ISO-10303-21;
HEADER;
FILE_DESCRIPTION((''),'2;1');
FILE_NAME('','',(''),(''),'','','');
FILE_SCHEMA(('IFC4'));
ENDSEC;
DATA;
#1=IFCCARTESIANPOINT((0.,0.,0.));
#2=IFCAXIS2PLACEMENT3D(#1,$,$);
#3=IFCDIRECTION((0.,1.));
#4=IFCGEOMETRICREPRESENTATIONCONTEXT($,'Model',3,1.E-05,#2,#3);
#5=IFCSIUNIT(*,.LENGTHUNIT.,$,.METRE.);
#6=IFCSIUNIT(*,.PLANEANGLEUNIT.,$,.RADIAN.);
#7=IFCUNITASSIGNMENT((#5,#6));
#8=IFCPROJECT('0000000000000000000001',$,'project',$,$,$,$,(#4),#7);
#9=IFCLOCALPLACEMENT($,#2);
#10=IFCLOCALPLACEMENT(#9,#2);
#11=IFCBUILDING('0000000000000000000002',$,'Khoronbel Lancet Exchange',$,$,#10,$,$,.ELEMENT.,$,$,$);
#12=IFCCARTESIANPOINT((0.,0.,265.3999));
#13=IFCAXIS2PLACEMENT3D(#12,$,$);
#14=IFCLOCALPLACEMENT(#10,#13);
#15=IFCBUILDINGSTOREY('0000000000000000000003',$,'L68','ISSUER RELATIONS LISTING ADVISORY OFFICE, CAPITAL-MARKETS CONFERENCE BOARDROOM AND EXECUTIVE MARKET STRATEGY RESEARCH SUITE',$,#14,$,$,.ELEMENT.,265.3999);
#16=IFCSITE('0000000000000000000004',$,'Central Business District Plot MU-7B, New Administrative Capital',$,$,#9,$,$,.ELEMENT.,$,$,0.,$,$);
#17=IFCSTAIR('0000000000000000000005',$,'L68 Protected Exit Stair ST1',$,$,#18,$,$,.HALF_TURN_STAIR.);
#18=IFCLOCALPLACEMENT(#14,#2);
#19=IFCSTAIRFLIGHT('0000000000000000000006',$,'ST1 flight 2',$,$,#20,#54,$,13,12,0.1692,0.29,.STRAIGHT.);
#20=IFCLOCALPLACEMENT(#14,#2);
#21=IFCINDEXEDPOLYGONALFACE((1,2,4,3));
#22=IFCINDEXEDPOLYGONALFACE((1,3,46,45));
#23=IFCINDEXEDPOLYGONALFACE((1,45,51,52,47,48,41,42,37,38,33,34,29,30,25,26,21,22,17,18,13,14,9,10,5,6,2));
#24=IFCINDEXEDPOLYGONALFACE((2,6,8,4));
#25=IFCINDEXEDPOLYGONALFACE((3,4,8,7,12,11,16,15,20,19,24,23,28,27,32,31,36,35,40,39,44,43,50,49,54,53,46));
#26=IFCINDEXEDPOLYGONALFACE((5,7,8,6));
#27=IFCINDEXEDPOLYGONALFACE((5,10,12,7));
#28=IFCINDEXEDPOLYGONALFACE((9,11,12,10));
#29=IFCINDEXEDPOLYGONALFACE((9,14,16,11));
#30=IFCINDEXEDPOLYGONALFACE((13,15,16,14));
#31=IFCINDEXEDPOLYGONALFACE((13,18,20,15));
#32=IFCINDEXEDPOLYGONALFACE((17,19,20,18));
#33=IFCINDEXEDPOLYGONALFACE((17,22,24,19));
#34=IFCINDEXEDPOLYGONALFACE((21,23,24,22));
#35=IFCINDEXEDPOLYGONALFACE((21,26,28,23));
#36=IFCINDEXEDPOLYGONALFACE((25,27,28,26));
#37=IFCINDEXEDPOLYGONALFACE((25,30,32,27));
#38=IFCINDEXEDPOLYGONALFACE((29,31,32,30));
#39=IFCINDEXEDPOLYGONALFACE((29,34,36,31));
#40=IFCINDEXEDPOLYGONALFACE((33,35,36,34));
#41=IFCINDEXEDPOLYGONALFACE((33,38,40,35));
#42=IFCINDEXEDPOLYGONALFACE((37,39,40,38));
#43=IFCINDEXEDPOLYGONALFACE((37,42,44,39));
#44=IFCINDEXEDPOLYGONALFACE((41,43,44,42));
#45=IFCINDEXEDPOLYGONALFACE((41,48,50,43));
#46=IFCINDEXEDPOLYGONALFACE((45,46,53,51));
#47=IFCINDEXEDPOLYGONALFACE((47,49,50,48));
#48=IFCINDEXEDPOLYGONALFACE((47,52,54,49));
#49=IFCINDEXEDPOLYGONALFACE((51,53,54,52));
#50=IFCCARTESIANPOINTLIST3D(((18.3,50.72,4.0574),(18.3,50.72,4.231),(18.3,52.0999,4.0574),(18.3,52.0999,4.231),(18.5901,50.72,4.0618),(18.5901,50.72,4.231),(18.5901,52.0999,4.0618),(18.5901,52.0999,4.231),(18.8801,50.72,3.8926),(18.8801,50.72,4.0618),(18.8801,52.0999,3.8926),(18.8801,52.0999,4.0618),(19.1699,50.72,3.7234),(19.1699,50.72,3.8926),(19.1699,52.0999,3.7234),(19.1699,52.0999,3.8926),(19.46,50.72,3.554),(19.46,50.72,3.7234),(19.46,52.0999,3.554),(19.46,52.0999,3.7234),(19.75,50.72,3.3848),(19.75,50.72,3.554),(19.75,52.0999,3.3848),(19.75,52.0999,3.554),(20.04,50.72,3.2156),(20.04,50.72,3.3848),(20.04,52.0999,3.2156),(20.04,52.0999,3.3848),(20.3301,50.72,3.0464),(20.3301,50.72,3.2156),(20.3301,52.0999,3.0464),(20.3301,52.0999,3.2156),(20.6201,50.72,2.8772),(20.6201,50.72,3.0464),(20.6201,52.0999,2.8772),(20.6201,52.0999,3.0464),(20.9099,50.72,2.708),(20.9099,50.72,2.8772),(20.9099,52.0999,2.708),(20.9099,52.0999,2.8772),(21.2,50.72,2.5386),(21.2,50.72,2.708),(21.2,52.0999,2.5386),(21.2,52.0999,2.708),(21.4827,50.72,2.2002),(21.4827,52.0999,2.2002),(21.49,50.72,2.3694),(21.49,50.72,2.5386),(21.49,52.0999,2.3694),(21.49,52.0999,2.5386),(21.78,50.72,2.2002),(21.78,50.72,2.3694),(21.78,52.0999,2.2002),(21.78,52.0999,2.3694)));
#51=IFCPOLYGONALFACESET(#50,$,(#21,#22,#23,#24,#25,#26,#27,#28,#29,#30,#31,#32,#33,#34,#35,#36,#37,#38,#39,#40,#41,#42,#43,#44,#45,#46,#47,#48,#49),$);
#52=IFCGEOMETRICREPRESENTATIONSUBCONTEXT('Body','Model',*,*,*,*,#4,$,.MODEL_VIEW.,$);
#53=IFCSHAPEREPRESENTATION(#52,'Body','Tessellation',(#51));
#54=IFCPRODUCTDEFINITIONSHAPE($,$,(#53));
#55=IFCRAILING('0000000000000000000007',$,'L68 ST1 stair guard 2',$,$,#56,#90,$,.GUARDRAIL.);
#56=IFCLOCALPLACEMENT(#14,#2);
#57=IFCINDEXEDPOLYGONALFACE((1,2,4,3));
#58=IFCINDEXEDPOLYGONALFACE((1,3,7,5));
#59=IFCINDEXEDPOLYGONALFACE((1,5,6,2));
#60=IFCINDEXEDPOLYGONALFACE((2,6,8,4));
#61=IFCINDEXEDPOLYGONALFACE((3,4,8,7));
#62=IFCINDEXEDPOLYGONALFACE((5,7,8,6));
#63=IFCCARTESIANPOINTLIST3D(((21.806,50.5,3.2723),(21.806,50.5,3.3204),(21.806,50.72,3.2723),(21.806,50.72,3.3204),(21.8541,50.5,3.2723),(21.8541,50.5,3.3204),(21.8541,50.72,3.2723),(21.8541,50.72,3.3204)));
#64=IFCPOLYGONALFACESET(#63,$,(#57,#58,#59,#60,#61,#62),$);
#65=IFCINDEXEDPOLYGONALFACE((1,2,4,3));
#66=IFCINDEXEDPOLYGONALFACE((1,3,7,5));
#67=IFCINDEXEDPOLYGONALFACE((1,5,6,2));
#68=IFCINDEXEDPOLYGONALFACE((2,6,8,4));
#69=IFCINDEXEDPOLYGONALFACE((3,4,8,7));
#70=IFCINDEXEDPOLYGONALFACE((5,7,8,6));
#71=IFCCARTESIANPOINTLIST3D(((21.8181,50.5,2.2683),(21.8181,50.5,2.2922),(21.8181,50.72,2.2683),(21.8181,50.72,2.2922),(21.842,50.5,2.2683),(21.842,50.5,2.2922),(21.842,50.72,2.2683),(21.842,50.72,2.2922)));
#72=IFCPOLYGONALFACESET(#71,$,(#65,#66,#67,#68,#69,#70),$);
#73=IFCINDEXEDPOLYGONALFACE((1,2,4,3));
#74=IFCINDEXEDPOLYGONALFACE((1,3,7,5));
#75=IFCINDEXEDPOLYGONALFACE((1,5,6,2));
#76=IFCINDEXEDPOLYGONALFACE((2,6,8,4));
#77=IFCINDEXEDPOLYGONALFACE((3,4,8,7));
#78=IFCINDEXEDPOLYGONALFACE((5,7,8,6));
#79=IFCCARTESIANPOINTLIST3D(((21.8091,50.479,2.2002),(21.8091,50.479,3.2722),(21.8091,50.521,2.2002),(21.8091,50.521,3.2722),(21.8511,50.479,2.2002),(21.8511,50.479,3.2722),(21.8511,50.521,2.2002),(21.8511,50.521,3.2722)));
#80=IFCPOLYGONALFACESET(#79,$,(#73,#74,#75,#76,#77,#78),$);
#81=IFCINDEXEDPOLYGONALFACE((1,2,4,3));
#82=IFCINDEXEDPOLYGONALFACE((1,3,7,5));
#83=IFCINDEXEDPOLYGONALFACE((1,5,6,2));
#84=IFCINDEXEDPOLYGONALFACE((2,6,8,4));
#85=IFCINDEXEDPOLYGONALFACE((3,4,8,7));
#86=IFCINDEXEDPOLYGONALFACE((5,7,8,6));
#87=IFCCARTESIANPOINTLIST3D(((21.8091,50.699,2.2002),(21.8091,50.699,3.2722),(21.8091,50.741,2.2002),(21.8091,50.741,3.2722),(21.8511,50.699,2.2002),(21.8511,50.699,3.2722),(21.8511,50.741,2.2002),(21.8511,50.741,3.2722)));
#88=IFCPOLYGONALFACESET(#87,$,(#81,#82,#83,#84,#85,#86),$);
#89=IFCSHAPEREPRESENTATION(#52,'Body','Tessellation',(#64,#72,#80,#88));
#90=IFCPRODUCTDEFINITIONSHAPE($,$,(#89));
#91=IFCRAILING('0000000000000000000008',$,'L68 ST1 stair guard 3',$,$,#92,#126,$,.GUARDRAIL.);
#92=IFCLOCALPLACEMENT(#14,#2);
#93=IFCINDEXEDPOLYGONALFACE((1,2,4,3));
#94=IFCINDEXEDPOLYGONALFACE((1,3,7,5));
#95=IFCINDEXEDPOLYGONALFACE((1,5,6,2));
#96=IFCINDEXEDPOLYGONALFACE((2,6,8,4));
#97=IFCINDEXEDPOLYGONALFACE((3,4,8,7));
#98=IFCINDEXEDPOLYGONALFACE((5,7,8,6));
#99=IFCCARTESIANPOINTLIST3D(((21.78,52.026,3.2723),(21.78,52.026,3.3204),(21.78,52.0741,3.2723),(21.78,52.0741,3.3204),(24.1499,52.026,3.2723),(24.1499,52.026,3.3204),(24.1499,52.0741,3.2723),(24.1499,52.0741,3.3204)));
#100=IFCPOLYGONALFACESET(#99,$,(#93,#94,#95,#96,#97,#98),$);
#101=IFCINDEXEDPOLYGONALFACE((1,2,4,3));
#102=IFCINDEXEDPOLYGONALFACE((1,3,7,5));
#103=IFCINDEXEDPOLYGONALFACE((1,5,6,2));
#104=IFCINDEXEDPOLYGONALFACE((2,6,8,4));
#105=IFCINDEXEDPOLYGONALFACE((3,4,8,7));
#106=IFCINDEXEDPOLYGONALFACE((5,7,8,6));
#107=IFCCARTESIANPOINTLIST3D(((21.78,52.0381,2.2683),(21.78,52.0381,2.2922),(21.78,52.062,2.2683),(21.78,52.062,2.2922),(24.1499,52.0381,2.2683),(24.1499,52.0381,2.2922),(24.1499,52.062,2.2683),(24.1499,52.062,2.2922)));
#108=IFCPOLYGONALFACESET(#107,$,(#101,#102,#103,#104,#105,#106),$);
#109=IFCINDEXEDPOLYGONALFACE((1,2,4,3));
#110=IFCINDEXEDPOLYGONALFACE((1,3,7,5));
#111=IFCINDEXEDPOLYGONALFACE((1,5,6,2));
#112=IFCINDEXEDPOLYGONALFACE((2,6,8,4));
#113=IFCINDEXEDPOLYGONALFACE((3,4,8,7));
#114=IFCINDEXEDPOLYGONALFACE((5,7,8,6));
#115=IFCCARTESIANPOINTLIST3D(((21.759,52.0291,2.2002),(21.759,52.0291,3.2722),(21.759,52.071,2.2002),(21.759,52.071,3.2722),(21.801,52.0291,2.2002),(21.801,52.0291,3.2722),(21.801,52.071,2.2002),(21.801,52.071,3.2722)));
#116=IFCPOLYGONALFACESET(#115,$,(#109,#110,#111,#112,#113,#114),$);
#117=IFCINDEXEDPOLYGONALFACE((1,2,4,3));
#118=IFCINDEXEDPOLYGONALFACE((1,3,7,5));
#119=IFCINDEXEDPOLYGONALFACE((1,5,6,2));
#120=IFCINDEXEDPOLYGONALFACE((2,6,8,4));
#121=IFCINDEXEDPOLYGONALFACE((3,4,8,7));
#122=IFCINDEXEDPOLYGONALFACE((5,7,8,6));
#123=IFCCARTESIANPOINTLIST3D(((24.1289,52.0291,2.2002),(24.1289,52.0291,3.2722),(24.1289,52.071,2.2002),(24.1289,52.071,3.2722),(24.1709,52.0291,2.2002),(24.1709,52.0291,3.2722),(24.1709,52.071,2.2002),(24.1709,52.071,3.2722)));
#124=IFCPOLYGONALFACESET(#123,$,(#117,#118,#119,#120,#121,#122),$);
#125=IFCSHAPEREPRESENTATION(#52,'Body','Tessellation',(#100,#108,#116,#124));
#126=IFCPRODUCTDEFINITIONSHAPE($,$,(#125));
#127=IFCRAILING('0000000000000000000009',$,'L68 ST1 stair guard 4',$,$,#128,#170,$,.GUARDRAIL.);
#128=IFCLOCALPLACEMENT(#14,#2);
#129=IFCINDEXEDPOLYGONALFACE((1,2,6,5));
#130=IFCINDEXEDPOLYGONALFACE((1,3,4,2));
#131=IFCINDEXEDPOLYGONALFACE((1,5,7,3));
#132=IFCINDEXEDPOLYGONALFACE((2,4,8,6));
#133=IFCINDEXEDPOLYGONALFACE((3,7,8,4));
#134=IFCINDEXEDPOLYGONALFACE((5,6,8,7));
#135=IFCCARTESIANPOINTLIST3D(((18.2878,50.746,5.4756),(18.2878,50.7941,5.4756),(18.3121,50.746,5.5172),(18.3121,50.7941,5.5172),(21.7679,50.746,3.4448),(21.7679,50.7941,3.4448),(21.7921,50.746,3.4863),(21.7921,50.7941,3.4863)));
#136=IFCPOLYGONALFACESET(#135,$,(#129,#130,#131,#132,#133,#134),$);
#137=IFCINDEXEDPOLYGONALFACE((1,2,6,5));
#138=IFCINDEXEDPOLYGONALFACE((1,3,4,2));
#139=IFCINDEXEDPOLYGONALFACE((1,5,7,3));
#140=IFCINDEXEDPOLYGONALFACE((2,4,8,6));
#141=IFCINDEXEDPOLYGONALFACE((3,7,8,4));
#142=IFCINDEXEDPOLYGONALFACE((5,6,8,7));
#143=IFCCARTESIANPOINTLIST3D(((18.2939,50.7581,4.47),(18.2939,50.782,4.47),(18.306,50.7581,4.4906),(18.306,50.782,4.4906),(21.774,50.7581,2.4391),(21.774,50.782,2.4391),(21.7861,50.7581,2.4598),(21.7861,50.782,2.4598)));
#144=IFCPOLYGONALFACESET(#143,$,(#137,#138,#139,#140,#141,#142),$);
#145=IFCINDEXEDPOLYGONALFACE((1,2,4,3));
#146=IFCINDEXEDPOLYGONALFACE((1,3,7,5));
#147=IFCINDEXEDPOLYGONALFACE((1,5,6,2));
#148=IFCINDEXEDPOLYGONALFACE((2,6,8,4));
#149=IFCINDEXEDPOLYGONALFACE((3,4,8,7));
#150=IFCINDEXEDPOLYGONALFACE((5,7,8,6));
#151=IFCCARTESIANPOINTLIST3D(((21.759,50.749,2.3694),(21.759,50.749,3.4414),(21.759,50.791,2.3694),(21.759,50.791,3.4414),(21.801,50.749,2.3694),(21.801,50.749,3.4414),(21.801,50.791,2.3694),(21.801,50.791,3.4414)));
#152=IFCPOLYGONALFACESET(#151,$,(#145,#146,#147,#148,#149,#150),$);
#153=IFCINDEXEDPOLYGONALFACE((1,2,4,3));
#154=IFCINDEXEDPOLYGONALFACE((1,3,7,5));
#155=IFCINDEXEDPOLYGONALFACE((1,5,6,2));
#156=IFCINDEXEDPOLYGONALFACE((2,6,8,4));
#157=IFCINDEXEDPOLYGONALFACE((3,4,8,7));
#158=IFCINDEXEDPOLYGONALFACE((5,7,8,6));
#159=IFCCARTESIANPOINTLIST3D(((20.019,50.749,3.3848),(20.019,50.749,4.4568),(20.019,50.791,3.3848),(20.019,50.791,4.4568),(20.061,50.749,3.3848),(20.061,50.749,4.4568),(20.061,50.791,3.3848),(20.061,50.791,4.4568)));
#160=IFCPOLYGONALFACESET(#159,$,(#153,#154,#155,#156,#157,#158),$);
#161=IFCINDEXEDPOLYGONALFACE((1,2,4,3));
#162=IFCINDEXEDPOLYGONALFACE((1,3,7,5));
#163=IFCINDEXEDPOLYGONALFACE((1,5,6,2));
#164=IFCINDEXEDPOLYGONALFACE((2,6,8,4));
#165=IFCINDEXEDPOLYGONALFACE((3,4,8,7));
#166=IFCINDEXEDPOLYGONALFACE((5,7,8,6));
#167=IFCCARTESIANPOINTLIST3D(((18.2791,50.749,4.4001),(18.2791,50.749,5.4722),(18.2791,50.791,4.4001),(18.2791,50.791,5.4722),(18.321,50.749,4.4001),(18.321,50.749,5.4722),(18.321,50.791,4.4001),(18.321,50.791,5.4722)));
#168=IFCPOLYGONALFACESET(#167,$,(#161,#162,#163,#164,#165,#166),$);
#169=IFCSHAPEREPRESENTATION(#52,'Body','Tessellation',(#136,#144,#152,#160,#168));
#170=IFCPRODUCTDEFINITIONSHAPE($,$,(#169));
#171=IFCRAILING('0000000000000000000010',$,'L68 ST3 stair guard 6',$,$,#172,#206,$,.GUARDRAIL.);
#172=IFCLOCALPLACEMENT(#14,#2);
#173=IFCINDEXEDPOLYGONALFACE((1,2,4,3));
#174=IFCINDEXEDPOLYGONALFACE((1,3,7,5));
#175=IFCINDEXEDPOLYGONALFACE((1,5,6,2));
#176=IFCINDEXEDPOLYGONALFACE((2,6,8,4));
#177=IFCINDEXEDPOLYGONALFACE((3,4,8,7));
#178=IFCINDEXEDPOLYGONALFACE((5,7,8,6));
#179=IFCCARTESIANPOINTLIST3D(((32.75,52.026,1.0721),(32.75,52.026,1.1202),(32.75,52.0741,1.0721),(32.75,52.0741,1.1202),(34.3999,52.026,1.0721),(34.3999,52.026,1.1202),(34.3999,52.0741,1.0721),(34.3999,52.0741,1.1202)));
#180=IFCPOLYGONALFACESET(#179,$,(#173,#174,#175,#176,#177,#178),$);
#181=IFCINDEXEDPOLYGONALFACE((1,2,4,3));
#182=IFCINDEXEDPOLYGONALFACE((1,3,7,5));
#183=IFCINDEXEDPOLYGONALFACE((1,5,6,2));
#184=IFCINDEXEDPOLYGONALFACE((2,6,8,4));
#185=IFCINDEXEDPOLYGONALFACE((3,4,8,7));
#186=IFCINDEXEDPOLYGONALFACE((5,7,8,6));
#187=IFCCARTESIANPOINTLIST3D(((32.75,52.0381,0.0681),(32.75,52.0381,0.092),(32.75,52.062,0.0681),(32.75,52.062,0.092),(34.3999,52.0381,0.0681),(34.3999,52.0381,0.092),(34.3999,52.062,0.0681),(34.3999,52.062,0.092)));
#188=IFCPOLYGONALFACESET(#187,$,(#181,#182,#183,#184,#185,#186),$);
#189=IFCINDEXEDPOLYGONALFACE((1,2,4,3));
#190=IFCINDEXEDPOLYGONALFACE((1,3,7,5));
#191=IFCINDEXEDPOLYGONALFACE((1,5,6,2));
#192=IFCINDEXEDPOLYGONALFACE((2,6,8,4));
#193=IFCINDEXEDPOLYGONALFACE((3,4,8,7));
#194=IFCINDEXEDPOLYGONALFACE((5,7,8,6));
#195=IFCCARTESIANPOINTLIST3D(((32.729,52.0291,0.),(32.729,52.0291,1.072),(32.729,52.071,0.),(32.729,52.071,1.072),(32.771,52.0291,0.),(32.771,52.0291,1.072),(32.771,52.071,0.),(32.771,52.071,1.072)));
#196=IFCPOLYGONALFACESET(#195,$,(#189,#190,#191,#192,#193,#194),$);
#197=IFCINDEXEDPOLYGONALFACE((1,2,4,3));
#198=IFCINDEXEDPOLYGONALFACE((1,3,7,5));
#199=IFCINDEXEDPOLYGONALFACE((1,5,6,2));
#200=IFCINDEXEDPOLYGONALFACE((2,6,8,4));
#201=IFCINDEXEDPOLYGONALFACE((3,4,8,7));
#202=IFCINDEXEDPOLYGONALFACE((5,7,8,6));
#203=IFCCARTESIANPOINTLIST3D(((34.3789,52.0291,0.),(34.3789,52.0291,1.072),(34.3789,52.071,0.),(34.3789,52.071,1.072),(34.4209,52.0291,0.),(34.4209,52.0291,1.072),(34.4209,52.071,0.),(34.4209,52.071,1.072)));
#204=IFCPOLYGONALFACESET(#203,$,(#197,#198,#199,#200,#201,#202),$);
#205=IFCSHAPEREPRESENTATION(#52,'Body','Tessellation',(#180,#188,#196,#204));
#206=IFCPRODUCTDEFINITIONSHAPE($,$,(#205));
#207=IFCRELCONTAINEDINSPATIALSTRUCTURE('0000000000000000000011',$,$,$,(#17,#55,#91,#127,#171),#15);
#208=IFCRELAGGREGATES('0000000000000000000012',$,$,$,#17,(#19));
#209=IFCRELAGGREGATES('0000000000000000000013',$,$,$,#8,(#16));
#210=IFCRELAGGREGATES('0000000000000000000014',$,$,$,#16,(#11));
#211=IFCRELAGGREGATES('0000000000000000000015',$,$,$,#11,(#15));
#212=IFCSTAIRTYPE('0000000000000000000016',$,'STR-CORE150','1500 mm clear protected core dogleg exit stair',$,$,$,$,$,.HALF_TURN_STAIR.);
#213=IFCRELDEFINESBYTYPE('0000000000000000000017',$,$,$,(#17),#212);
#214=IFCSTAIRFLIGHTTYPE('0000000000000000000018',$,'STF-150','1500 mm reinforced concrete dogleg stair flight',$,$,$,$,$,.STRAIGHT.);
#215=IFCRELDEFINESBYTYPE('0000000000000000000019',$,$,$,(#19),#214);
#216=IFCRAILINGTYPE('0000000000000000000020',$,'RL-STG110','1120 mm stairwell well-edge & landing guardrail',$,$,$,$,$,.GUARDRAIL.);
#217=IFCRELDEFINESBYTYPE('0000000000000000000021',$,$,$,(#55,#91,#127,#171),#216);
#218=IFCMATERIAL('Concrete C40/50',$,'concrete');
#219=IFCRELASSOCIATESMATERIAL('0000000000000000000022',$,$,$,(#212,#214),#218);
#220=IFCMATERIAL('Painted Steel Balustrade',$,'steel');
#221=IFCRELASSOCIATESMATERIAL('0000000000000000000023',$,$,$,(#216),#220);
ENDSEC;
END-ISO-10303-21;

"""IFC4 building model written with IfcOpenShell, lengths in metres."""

from ifc_helpers import new_model, si_unit, direction, frame, origin, origin_2d, place, context, subcontext, project, spatial, polyline, rectangle, outline, extrude, material, type_object, element, aggregate, save


model = new_model("IFC4")

# Units and contexts
model_context = context("Model", 3, precision=1e-05, world=origin(), true_north=direction((0.0, 1.0)))
body_context = subcontext(model_context, "Body", "Model", "MODEL_VIEW")
ifc_project = project(units=[si_unit("LENGTHUNIT", "METRE"), si_unit("PLANEANGLEUNIT", "RADIAN")], contexts=[model_context])

# Site, building, storey
site_placement = place(None, origin())
site = spatial("IfcSite", under=ifc_project, at=site_placement, Name="Central Business District Plot MU-7B, New Administrative Capital", CompositionType="ELEMENT", RefElevation=0.0)
building_placement = place(site_placement, origin())
building = spatial("IfcBuilding", under=site, at=building_placement, Name="Khoronbel Lancet Exchange", CompositionType="ELEMENT")
storey_placement = place(building_placement, frame((0.0, 0.0, 265.3999)))
storey = spatial("IfcBuildingStorey", under=building, at=storey_placement, Name="L68", Description="ISSUER RELATIONS LISTING ADVISORY OFFICE, CAPITAL-MARKETS CONFERENCE BOARDROOM AND EXECUTIVE MARKET STRATEGY RESEARCH SUITE", CompositionType="ELEMENT", Elevation=265.3999)

# Stair, stair flight
ifc_material_1 = material(Name="Concrete C40/50", Category="concrete")
stair_type = type_object("IfcStairType", Name="STR-CORE150", Description="1500 mm clear protected core dogleg exit stair", PredefinedType="HALF_TURN_STAIR", material=ifc_material_1)
stair_placement = place(storey_placement, origin())
stair = element("IfcStair", 1, at=stair_placement, inside=storey, type_object=stair_type, Name="L68 Protected Exit Stair ST1", PredefinedType="HALF_TURN_STAIR")
stair_flight_type = type_object("IfcStairFlightType", Name="STF-150", Description="1500 mm reinforced concrete dogleg stair flight", PredefinedType="STRAIGHT", material=ifc_material_1)
stair_flight_placement = place(storey_placement, frame((21.78, 51.4099, 2.2002), z_axis=(0.0, 0.0, 1.0), x_axis=(-1.0, 0.0, 0.0)))
stair_flight = element("IfcStairFlight", 2, at=stair_flight_placement, type_object=stair_flight_type, Name="ST1 flight 2", NumberOfRisers=13, NumberOfTreads=12, PredefinedType="STRAIGHT", RiserHeight=0.1692, TreadLength=0.29, context=body_context, shape_type="SweptSolid", body=[
    extrude(outline(polyline([(0.0, 0.0), (0.0, 0.1692), (0.29, 0.1692), (0.29, 0.3384), (0.5801, 0.3384), (0.5801, 0.5078), (0.8701, 0.5078), (0.8701, 0.677), (1.1599, 0.677), (1.1599, 0.8462), (1.45, 0.8462), (1.45, 1.0154), (1.74, 1.0154), (1.74, 1.1846), (2.03, 1.1846), (2.03, 1.3538), (2.3201, 1.3538), (2.3201, 1.5232), (2.6101, 1.5232), (2.6101, 1.6924), (2.8999, 1.6924), (2.8999, 1.8616), (3.1899, 1.8616), (3.1899, 2.0308), (3.48, 2.0308), (3.48, 2.2), (3.48, 1.8572), (0.2974, 0.0), (0.0, 0.0)])), frame((0.0, 0.6899, 0.0), z_axis=(0.0, -1.0, 0.0), x_axis=(1.0, 0.0, 0.0)), (0.0, 0.0, 1.0), 1.3799),
])
aggregate(stair, [stair_flight])

# Railings
ifc_material_2 = material(Name="Painted Steel Balustrade", Category="steel")
railing_type_1 = type_object("IfcRailingType", Name="RL-STG110", Description="1120 mm stairwell well-edge & landing guardrail", PredefinedType="GUARDRAIL", material=ifc_material_2)
railing_1_placement = place(storey_placement, frame((21.8301, 50.5, 2.2002)))
element("IfcRailing", 3, at=railing_1_placement, inside=storey, type_object=railing_type_1, Name="L68 ST1 stair guard 2", PredefinedType="GUARDRAIL", context=body_context, shape_type="SweptSolid", body=[
    extrude(rectangle(XDim=0.0481, YDim=0.0481, at=origin_2d()), frame((0.0, 0.0, 1.0962), z_axis=(0.0, 1.0, 0.0), x_axis=(-1.0, 0.0, 0.0)), (0.0, 0.0, 1.0), 0.22),
    extrude(rectangle(XDim=0.0239, YDim=0.0239, at=origin_2d()), frame((0.0, 0.0, 0.0801), z_axis=(0.0, 1.0, 0.0), x_axis=(-1.0, 0.0, 0.0)), (0.0, 0.0, 1.0), 0.22),
    extrude(rectangle(XDim=0.042, YDim=0.042, at=origin_2d()), origin(), (0.0, 0.0, 1.0), 1.072),
    extrude(rectangle(XDim=0.042, YDim=0.042, at=origin_2d()), frame((0.0, 0.22, 0.0)), (0.0, 0.0, 1.0), 1.072),
])
railing_2_placement = place(storey_placement, frame((21.78, 52.05, 2.2002)))
element("IfcRailing", 4, at=railing_2_placement, inside=storey, type_object=railing_type_1, Name="L68 ST1 stair guard 3", PredefinedType="GUARDRAIL", context=body_context, shape_type="SweptSolid", body=[
    extrude(rectangle(XDim=0.0481, YDim=0.0481, at=origin_2d()), frame((0.0, 0.0, 1.0962), z_axis=(1.0, 0.0, 0.0), x_axis=(0.0, 1.0, 0.0)), (0.0, 0.0, 1.0), 2.3699),
    extrude(rectangle(XDim=0.0239, YDim=0.0239, at=origin_2d()), frame((0.0, 0.0, 0.0801), z_axis=(1.0, 0.0, 0.0), x_axis=(0.0, 1.0, 0.0)), (0.0, 0.0, 1.0), 2.3699),
    extrude(rectangle(XDim=0.042, YDim=0.042, at=origin_2d()), origin(), (0.0, 0.0, 1.0), 1.072),
    extrude(rectangle(XDim=0.042, YDim=0.042, at=origin_2d()), frame((2.3699, 0.0, 0.0)), (0.0, 0.0, 1.0), 1.072),
])
railing_3_placement = place(storey_placement, frame((21.78, 50.77, 2.3694)))
element("IfcRailing", 5, at=railing_3_placement, inside=storey, type_object=railing_type_1, Name="L68 ST1 stair guard 4", PredefinedType="GUARDRAIL", context=body_context, shape_type="SweptSolid", body=[
    extrude(rectangle(XDim=0.0481, YDim=0.0481, at=origin_2d()), frame((0.0, 0.0, 1.0962), z_axis=(-0.863695, 0.0, 0.504014), x_axis=(0.0, -1.0, 0.0)), (0.0, 0.0, 1.0), 4.0293),
    extrude(rectangle(XDim=0.0239, YDim=0.0239, at=origin_2d()), frame((0.0, 0.0, 0.0801), z_axis=(-0.863695, 0.0, 0.504014), x_axis=(0.0, -1.0, 0.0)), (0.0, 0.0, 1.0), 4.0293),
    extrude(rectangle(XDim=0.042, YDim=0.042, at=origin_2d()), origin(), (0.0, 0.0, 1.0), 1.072),
    extrude(rectangle(XDim=0.042, YDim=0.042, at=origin_2d()), frame((-1.74, 0.0, 1.0154)), (0.0, 0.0, 1.0), 1.072),
    extrude(rectangle(XDim=0.042, YDim=0.042, at=origin_2d()), frame((-3.48, 0.0, 2.0308)), (0.0, 0.0, 1.0), 1.072),
])
railing_4_placement = place(storey_placement, frame((32.75, 52.05, 0.0)))
element("IfcRailing", 6, at=railing_4_placement, inside=storey, type_object=railing_type_1, Name="L68 ST3 stair guard 6", PredefinedType="GUARDRAIL", context=body_context, shape_type="SweptSolid", body=[
    extrude(rectangle(XDim=0.0481, YDim=0.0481, at=origin_2d()), frame((0.0, 0.0, 1.0962), z_axis=(1.0, 0.0, 0.0), x_axis=(0.0, 1.0, 0.0)), (0.0, 0.0, 1.0), 1.6499),
    extrude(rectangle(XDim=0.0239, YDim=0.0239, at=origin_2d()), frame((0.0, 0.0, 0.0801), z_axis=(1.0, 0.0, 0.0), x_axis=(0.0, 1.0, 0.0)), (0.0, 0.0, 1.0), 1.6499),
    extrude(rectangle(XDim=0.042, YDim=0.042, at=origin_2d()), origin(), (0.0, 0.0, 1.0), 1.072),
    extrude(rectangle(XDim=0.042, YDim=0.042, at=origin_2d()), frame((1.6499, 0.0, 0.0)), (0.0, 0.0, 1.0), 1.072),
])

save(model, "model.ifc")
